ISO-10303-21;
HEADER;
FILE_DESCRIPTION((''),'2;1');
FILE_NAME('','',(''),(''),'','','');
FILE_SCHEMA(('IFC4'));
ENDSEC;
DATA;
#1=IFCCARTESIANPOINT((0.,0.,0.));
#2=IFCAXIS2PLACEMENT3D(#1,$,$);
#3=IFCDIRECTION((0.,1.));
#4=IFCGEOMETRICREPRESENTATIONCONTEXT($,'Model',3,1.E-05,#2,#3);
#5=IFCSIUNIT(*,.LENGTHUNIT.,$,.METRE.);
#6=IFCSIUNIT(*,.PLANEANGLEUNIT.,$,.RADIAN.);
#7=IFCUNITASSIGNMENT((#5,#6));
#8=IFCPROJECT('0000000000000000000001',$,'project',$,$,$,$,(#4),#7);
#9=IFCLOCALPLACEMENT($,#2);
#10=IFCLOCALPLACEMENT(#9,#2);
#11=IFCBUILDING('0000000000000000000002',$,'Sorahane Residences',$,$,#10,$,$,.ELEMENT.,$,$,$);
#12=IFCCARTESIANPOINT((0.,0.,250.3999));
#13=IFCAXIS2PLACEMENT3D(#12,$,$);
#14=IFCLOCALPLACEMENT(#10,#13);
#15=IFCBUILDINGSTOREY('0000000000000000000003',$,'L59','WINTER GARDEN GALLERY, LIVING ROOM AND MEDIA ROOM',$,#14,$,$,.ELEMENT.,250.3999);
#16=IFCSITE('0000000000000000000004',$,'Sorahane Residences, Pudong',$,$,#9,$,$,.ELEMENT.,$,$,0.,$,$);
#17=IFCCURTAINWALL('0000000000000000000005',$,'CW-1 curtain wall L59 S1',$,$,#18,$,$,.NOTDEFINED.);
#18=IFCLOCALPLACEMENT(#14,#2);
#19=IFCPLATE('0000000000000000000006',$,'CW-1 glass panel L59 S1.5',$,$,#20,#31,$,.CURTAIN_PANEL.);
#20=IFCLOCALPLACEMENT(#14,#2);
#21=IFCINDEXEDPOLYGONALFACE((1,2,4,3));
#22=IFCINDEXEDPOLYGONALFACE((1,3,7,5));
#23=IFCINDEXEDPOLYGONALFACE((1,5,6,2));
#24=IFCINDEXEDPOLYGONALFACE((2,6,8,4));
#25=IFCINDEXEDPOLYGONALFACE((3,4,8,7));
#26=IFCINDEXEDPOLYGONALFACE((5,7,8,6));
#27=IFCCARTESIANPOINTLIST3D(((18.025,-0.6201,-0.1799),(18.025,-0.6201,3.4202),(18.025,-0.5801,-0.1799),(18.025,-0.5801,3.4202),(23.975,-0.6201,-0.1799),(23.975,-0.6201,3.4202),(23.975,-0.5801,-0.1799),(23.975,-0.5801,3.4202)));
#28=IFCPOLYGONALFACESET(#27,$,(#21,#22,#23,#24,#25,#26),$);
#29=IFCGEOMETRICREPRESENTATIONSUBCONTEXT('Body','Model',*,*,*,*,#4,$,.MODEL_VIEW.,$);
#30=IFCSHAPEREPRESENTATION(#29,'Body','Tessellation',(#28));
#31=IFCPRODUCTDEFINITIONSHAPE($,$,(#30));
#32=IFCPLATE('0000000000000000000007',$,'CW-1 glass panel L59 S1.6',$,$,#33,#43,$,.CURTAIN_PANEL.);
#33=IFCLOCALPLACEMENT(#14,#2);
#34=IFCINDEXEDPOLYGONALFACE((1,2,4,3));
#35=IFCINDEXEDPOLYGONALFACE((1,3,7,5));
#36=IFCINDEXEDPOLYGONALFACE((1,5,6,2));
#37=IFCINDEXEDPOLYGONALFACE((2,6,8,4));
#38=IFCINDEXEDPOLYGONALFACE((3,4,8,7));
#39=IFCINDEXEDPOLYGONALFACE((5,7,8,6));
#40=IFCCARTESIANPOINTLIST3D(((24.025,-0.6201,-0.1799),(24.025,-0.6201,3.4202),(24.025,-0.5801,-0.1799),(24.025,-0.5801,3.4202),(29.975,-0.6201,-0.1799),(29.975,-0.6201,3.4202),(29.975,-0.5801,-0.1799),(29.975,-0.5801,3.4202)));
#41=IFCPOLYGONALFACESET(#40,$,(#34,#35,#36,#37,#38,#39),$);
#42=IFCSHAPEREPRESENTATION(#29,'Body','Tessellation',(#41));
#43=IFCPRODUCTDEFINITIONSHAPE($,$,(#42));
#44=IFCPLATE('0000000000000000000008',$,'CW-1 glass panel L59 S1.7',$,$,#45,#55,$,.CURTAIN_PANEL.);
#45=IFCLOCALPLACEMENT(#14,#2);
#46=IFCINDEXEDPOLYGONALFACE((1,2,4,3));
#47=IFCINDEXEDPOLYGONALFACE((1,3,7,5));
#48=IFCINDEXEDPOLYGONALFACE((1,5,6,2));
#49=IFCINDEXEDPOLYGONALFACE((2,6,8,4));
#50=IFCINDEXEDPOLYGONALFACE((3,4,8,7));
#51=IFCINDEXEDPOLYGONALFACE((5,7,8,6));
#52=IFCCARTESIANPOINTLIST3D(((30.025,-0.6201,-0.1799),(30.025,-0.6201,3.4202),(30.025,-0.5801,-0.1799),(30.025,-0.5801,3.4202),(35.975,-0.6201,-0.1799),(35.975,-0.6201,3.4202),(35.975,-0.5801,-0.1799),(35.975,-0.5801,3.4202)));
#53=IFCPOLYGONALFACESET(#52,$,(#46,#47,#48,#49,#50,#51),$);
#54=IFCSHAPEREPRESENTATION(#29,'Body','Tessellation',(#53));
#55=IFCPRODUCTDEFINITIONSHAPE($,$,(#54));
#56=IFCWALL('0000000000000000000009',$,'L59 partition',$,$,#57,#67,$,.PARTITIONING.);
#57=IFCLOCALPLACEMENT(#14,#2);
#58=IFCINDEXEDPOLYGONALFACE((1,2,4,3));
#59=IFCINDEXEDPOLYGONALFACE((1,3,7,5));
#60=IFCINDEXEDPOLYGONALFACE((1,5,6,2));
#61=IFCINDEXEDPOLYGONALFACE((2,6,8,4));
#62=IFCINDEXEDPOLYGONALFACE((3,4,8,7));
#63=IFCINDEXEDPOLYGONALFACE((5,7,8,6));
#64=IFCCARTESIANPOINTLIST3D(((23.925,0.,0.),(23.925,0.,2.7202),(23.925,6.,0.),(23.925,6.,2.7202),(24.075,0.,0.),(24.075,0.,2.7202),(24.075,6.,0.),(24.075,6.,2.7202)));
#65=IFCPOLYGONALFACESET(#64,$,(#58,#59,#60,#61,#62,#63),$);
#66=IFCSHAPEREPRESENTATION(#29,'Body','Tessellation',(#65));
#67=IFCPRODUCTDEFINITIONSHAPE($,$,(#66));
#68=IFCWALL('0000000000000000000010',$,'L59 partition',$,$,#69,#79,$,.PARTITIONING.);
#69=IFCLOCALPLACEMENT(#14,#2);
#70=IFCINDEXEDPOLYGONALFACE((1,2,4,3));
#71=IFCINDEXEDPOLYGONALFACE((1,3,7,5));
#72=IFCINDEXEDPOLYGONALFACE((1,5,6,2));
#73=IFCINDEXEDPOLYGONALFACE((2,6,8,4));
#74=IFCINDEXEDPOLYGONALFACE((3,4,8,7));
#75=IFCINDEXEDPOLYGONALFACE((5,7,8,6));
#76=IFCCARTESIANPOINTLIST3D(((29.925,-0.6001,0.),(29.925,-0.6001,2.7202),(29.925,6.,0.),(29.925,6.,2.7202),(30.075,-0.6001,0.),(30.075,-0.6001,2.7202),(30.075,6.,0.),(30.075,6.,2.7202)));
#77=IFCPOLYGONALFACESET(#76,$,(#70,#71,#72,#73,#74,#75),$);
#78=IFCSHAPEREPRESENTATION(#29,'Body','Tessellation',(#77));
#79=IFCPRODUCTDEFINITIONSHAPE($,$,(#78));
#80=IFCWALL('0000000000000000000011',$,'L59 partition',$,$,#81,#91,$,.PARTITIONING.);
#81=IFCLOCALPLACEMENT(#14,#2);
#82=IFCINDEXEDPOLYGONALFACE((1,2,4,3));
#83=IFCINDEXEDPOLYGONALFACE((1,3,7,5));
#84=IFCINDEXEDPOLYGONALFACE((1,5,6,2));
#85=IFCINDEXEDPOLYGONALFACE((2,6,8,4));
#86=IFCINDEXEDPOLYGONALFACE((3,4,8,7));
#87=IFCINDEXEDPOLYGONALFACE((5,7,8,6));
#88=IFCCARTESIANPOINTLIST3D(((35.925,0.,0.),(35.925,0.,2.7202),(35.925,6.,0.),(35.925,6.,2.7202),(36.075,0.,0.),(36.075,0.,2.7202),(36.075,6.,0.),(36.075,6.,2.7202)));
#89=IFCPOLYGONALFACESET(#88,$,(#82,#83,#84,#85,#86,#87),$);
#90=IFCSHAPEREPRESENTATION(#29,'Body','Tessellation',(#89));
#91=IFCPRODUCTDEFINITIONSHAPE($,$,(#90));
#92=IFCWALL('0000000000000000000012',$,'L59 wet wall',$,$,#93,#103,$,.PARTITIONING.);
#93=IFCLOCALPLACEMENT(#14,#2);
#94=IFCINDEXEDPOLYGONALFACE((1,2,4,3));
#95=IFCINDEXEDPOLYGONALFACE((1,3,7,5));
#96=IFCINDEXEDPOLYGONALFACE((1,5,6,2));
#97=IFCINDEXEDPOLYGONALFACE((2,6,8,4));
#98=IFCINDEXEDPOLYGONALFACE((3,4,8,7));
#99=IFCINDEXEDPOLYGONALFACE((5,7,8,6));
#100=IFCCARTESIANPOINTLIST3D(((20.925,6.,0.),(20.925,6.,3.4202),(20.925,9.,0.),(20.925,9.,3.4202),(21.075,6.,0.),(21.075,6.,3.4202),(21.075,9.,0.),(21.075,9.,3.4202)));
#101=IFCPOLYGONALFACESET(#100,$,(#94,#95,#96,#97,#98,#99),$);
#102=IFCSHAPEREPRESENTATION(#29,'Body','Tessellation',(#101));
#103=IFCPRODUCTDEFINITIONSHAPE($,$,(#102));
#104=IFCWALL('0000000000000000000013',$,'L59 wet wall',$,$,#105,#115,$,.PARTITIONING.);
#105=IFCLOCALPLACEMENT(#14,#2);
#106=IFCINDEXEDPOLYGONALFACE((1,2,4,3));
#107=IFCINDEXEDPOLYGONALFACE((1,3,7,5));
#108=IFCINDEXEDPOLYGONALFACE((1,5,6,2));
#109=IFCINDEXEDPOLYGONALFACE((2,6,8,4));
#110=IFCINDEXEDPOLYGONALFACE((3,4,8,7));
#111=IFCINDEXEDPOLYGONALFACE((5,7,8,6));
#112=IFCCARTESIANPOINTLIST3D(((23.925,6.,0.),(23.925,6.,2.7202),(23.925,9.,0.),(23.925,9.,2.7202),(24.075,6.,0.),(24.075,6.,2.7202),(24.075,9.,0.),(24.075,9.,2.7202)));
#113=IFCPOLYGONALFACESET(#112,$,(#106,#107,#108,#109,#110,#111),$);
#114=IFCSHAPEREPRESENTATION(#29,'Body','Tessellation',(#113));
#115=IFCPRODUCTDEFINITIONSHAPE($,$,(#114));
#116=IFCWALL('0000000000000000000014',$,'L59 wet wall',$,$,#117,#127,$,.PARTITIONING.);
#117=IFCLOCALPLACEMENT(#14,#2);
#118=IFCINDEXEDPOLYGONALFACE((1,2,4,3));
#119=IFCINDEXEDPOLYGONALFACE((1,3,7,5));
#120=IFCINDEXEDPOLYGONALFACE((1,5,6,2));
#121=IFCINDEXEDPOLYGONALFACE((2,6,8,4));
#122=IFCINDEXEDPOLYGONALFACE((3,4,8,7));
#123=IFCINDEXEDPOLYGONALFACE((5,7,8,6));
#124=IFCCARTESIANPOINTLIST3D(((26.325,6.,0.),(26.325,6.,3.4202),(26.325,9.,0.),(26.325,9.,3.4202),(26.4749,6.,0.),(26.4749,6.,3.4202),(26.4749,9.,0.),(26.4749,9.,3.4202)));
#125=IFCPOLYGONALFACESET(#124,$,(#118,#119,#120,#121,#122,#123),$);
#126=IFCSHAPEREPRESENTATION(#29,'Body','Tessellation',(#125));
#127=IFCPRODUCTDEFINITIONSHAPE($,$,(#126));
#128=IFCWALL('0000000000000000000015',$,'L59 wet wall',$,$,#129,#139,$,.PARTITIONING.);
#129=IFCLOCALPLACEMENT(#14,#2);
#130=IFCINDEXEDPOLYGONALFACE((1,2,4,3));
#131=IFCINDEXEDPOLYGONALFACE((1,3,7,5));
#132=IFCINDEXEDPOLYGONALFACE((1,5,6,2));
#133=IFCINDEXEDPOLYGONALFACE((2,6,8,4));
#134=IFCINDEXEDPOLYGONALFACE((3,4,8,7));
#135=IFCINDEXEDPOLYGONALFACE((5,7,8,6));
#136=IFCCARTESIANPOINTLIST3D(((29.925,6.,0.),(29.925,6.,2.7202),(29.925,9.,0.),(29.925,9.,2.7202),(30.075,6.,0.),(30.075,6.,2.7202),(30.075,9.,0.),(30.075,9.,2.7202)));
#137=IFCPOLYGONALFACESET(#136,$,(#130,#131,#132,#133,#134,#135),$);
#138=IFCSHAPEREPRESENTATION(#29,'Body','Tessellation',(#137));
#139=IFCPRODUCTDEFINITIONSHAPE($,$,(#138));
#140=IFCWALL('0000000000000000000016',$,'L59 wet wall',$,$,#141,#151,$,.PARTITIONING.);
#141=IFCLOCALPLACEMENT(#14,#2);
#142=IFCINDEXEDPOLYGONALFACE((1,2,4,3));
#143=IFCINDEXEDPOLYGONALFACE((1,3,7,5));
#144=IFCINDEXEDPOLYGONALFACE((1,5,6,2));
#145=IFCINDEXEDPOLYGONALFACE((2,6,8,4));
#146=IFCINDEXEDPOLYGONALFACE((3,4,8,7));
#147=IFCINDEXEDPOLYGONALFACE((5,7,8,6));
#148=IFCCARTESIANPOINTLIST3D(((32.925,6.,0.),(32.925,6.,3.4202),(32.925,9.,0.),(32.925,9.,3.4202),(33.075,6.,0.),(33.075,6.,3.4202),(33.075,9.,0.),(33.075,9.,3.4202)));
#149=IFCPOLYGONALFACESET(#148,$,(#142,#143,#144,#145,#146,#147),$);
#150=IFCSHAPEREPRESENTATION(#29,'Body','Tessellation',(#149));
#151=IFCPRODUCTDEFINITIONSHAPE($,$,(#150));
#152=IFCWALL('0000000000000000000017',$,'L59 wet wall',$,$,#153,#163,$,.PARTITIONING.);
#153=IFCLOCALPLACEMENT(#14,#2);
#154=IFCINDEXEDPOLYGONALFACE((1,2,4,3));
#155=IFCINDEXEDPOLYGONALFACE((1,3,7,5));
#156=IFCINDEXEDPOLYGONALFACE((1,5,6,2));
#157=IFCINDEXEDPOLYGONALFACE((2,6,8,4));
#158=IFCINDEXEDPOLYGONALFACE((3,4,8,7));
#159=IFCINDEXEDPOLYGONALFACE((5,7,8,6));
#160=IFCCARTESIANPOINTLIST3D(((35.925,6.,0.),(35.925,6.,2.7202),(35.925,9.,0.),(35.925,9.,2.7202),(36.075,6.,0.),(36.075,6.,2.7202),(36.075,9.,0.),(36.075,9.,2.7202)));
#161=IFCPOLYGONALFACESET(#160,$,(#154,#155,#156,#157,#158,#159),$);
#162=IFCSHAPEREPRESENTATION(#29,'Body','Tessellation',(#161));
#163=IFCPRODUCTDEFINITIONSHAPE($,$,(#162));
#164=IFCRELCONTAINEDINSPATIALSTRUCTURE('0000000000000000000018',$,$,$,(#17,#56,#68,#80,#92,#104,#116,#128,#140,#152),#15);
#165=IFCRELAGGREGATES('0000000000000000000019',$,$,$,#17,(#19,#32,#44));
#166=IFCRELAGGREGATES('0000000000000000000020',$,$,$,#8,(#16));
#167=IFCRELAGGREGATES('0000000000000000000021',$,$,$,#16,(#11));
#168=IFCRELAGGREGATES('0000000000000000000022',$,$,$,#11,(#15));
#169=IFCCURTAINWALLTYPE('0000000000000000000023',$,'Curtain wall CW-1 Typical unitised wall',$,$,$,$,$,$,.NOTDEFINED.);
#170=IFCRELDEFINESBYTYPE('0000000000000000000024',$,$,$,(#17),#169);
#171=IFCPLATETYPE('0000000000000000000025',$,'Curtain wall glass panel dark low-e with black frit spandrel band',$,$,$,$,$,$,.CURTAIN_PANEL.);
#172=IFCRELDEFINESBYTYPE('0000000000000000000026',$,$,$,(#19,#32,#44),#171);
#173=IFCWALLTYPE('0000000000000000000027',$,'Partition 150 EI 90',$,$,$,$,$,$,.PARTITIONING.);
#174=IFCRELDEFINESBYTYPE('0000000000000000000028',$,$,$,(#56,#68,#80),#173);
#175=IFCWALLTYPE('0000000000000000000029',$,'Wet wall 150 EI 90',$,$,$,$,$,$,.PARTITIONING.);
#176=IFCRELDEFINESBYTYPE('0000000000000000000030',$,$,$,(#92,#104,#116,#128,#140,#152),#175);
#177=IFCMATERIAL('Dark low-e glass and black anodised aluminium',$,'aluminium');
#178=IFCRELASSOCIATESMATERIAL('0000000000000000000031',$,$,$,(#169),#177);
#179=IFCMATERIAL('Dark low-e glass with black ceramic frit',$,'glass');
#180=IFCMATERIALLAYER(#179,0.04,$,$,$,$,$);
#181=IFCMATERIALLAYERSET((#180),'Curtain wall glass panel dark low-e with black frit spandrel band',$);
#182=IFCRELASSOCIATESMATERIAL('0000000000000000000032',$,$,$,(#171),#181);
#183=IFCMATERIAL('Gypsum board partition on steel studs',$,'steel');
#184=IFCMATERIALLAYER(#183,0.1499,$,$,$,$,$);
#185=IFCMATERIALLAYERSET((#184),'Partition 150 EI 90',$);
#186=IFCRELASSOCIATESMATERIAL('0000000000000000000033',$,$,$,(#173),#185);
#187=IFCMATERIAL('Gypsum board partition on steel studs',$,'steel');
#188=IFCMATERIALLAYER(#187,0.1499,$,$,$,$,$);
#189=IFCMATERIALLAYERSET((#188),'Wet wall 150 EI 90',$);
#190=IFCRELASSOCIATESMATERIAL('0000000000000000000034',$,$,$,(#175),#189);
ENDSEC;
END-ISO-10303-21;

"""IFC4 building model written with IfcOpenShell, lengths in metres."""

from ifc_helpers import new_model, si_unit, direction, frame, frame_2d, origin, origin_2d, place, context, subcontext, project, spatial, rectangle, extrude, material, layer, layer_set, type_object, element, aggregate, save


model = new_model("IFC4")

# Units and contexts
model_context = context("Model", 3, precision=1e-05, world=origin(), true_north=direction((0.0, 1.0)))
body_context = subcontext(model_context, "Body", "Model", "MODEL_VIEW")
ifc_project = project(units=[si_unit("LENGTHUNIT", "METRE"), si_unit("PLANEANGLEUNIT", "RADIAN")], contexts=[model_context])

# Site, building, storey
site_placement = place(None, origin())
site = spatial("IfcSite", under=ifc_project, at=site_placement, Name="Sorahane Residences, Pudong", CompositionType="ELEMENT", RefElevation=0.0)
building_placement = place(site_placement, origin())
building = spatial("IfcBuilding", under=site, at=building_placement, Name="Sorahane Residences", CompositionType="ELEMENT")
storey_placement = place(building_placement, frame((0.0, 0.0, 250.3999)))
storey = spatial("IfcBuildingStorey", under=building, at=storey_placement, Name="L59", Description="WINTER GARDEN GALLERY, LIVING ROOM AND MEDIA ROOM", CompositionType="ELEMENT", Elevation=250.3999)

# Curtain wall
ifc_material_1 = material(Name="Dark low-e glass and black anodised aluminium", Category="aluminium")
curtain_wall_type = type_object("IfcCurtainWallType", Name="Curtain wall CW-1 Typical unitised wall", PredefinedType="NOTDEFINED", material=ifc_material_1)
curtain_wall_placement = place(storey_placement, origin())
curtain_wall = element("IfcCurtainWall", 1, at=curtain_wall_placement, inside=storey, type_object=curtain_wall_type, Name="CW-1 curtain wall L59 S1", PredefinedType="NOTDEFINED")

# Plates
ifc_material_2 = material(Name="Dark low-e glass with black ceramic frit", Category="glass")
ifc_layer_1 = layer(ifc_material_2, 0.04)
ifc_layer_set_1 = layer_set([ifc_layer_1], Name="Curtain wall glass panel dark low-e with black frit spandrel band")
plate_type = type_object("IfcPlateType", Name="Curtain wall glass panel dark low-e with black frit spandrel band", PredefinedType="CURTAIN_PANEL", material=ifc_layer_set_1)
plate_1_placement = place(storey_placement, frame((21.0, -0.6001, -0.1799), z_axis=(0.0, 0.0, 1.0), x_axis=(1.0, 0.0, 0.0)))
plate_1 = element("IfcPlate", 2, at=plate_1_placement, type_object=plate_type, Name="CW-1 glass panel L59 S1.5", PredefinedType="CURTAIN_PANEL", context=body_context, shape_type="SweptSolid", body=[
    extrude(rectangle(XDim=5.95, YDim=0.04, at=origin_2d()), origin(), (0.0, 0.0, 1.0), 3.6001),
])
plate_2_placement = place(storey_placement, frame((27.0, -0.6001, -0.1799), z_axis=(0.0, 0.0, 1.0), x_axis=(1.0, 0.0, 0.0)))
plate_2 = element("IfcPlate", 3, at=plate_2_placement, type_object=plate_type, Name="CW-1 glass panel L59 S1.6", PredefinedType="CURTAIN_PANEL", context=body_context, shape_type="SweptSolid", body=[
    extrude(rectangle(XDim=5.95, YDim=0.04, at=origin_2d()), origin(), (0.0, 0.0, 1.0), 3.6001),
])
plate_3_placement = place(storey_placement, frame((33.0, -0.6001, -0.1799), z_axis=(0.0, 0.0, 1.0), x_axis=(1.0, 0.0, 0.0)))
plate_3 = element("IfcPlate", 4, at=plate_3_placement, type_object=plate_type, Name="CW-1 glass panel L59 S1.7", PredefinedType="CURTAIN_PANEL", context=body_context, shape_type="SweptSolid", body=[
    extrude(rectangle(XDim=5.95, YDim=0.04, at=origin_2d()), origin(), (0.0, 0.0, 1.0), 3.6001),
])
aggregate(curtain_wall, [plate_1, plate_2, plate_3])

# Walls
ifc_material_3 = material(Name="Gypsum board partition on steel studs", Category="steel")
ifc_layer_2 = layer(ifc_material_3, 0.1499)
ifc_layer_set_2 = layer_set([ifc_layer_2], Name="Partition 150 EI 90")
wall_type_1 = type_object("IfcWallType", Name="Partition 150 EI 90", PredefinedType="PARTITIONING", material=ifc_layer_set_2)
wall_1_placement = place(storey_placement, frame((24.0, 0.0, 0.0), z_axis=(0.0, 0.0, 1.0), x_axis=(0.0, 1.0, 0.0)))
element("IfcWall", 5, at=wall_1_placement, inside=storey, type_object=wall_type_1, Name="L59 partition", PredefinedType="PARTITIONING", context=body_context, shape_type="SweptSolid", body=[
    extrude(rectangle(XDim=6.0, YDim=0.1499, at=frame_2d((3.0, 0.0))), origin(), (0.0, 0.0, 1.0), 2.7202),
])
wall_2_placement = place(storey_placement, frame((30.0, -0.6001, 0.0), z_axis=(0.0, 0.0, 1.0), x_axis=(0.0, 1.0, 0.0)))
element("IfcWall", 6, at=wall_2_placement, inside=storey, type_object=wall_type_1, Name="L59 partition", PredefinedType="PARTITIONING", context=body_context, shape_type="SweptSolid", body=[
    extrude(rectangle(XDim=6.6001, YDim=0.1499, at=frame_2d((3.3, 0.0))), origin(), (0.0, 0.0, 1.0), 2.7202),
])
wall_3_placement = place(storey_placement, frame((36.0, 0.0, 0.0), z_axis=(0.0, 0.0, 1.0), x_axis=(0.0, 1.0, 0.0)))
element("IfcWall", 7, at=wall_3_placement, inside=storey, type_object=wall_type_1, Name="L59 partition", PredefinedType="PARTITIONING", context=body_context, shape_type="SweptSolid", body=[
    extrude(rectangle(XDim=6.0, YDim=0.1499, at=frame_2d((3.0, 0.0))), origin(), (0.0, 0.0, 1.0), 2.7202),
])

# Walls
ifc_material_4 = material(Name="Gypsum board partition on steel studs", Category="steel")
ifc_layer_3 = layer(ifc_material_4, 0.1499)
ifc_layer_set_3 = layer_set([ifc_layer_3], Name="Wet wall 150 EI 90")
wall_type_2 = type_object("IfcWallType", Name="Wet wall 150 EI 90", PredefinedType="PARTITIONING", material=ifc_layer_set_3)
wall_4_placement = place(storey_placement, frame((21.0, 6.0, 0.0), z_axis=(0.0, 0.0, 1.0), x_axis=(0.0, 1.0, 0.0)))
element("IfcWall", 8, at=wall_4_placement, inside=storey, type_object=wall_type_2, Name="L59 wet wall", PredefinedType="PARTITIONING", context=body_context, shape_type="SweptSolid", body=[
    extrude(rectangle(XDim=3.0, YDim=0.1499, at=frame_2d((1.5, 0.0))), origin(), (0.0, 0.0, 1.0), 3.4202),
])
wall_5_placement = place(storey_placement, frame((24.0, 6.0, 0.0), z_axis=(0.0, 0.0, 1.0), x_axis=(0.0, 1.0, 0.0)))
element("IfcWall", 9, at=wall_5_placement, inside=storey, type_object=wall_type_2, Name="L59 wet wall", PredefinedType="PARTITIONING", context=body_context, shape_type="SweptSolid", body=[
    extrude(rectangle(XDim=3.0, YDim=0.1499, at=frame_2d((1.5, 0.0))), origin(), (0.0, 0.0, 1.0), 2.7202),
])
wall_6_placement = place(storey_placement, frame((26.3999, 6.0, 0.0), z_axis=(0.0, 0.0, 1.0), x_axis=(0.0, 1.0, 0.0)))
element("IfcWall", 10, at=wall_6_placement, inside=storey, type_object=wall_type_2, Name="L59 wet wall", PredefinedType="PARTITIONING", context=body_context, shape_type="SweptSolid", body=[
    extrude(rectangle(XDim=3.0, YDim=0.1499, at=frame_2d((1.5, 0.0))), origin(), (0.0, 0.0, 1.0), 3.4202),
])
wall_7_placement = place(storey_placement, frame((30.0, 6.0, 0.0), z_axis=(0.0, 0.0, 1.0), x_axis=(0.0, 1.0, 0.0)))
element("IfcWall", 11, at=wall_7_placement, inside=storey, type_object=wall_type_2, Name="L59 wet wall", PredefinedType="PARTITIONING", context=body_context, shape_type="SweptSolid", body=[
    extrude(rectangle(XDim=3.0, YDim=0.1499, at=frame_2d((1.5, 0.0))), origin(), (0.0, 0.0, 1.0), 2.7202),
])
wall_8_placement = place(storey_placement, frame((33.0, 6.0, 0.0), z_axis=(0.0, 0.0, 1.0), x_axis=(0.0, 1.0, 0.0)))
element("IfcWall", 12, at=wall_8_placement, inside=storey, type_object=wall_type_2, Name="L59 wet wall", PredefinedType="PARTITIONING", context=body_context, shape_type="SweptSolid", body=[
    extrude(rectangle(XDim=3.0, YDim=0.1499, at=frame_2d((1.5, 0.0))), origin(), (0.0, 0.0, 1.0), 3.4202),
])
wall_9_placement = place(storey_placement, frame((36.0, 6.0, 0.0), z_axis=(0.0, 0.0, 1.0), x_axis=(0.0, 1.0, 0.0)))
element("IfcWall", 13, at=wall_9_placement, inside=storey, type_object=wall_type_2, Name="L59 wet wall", PredefinedType="PARTITIONING", context=body_context, shape_type="SweptSolid", body=[
    extrude(rectangle(XDim=3.0, YDim=0.1499, at=frame_2d((1.5, 0.0))), origin(), (0.0, 0.0, 1.0), 2.7202),
])

save(model, "model.ifc")
